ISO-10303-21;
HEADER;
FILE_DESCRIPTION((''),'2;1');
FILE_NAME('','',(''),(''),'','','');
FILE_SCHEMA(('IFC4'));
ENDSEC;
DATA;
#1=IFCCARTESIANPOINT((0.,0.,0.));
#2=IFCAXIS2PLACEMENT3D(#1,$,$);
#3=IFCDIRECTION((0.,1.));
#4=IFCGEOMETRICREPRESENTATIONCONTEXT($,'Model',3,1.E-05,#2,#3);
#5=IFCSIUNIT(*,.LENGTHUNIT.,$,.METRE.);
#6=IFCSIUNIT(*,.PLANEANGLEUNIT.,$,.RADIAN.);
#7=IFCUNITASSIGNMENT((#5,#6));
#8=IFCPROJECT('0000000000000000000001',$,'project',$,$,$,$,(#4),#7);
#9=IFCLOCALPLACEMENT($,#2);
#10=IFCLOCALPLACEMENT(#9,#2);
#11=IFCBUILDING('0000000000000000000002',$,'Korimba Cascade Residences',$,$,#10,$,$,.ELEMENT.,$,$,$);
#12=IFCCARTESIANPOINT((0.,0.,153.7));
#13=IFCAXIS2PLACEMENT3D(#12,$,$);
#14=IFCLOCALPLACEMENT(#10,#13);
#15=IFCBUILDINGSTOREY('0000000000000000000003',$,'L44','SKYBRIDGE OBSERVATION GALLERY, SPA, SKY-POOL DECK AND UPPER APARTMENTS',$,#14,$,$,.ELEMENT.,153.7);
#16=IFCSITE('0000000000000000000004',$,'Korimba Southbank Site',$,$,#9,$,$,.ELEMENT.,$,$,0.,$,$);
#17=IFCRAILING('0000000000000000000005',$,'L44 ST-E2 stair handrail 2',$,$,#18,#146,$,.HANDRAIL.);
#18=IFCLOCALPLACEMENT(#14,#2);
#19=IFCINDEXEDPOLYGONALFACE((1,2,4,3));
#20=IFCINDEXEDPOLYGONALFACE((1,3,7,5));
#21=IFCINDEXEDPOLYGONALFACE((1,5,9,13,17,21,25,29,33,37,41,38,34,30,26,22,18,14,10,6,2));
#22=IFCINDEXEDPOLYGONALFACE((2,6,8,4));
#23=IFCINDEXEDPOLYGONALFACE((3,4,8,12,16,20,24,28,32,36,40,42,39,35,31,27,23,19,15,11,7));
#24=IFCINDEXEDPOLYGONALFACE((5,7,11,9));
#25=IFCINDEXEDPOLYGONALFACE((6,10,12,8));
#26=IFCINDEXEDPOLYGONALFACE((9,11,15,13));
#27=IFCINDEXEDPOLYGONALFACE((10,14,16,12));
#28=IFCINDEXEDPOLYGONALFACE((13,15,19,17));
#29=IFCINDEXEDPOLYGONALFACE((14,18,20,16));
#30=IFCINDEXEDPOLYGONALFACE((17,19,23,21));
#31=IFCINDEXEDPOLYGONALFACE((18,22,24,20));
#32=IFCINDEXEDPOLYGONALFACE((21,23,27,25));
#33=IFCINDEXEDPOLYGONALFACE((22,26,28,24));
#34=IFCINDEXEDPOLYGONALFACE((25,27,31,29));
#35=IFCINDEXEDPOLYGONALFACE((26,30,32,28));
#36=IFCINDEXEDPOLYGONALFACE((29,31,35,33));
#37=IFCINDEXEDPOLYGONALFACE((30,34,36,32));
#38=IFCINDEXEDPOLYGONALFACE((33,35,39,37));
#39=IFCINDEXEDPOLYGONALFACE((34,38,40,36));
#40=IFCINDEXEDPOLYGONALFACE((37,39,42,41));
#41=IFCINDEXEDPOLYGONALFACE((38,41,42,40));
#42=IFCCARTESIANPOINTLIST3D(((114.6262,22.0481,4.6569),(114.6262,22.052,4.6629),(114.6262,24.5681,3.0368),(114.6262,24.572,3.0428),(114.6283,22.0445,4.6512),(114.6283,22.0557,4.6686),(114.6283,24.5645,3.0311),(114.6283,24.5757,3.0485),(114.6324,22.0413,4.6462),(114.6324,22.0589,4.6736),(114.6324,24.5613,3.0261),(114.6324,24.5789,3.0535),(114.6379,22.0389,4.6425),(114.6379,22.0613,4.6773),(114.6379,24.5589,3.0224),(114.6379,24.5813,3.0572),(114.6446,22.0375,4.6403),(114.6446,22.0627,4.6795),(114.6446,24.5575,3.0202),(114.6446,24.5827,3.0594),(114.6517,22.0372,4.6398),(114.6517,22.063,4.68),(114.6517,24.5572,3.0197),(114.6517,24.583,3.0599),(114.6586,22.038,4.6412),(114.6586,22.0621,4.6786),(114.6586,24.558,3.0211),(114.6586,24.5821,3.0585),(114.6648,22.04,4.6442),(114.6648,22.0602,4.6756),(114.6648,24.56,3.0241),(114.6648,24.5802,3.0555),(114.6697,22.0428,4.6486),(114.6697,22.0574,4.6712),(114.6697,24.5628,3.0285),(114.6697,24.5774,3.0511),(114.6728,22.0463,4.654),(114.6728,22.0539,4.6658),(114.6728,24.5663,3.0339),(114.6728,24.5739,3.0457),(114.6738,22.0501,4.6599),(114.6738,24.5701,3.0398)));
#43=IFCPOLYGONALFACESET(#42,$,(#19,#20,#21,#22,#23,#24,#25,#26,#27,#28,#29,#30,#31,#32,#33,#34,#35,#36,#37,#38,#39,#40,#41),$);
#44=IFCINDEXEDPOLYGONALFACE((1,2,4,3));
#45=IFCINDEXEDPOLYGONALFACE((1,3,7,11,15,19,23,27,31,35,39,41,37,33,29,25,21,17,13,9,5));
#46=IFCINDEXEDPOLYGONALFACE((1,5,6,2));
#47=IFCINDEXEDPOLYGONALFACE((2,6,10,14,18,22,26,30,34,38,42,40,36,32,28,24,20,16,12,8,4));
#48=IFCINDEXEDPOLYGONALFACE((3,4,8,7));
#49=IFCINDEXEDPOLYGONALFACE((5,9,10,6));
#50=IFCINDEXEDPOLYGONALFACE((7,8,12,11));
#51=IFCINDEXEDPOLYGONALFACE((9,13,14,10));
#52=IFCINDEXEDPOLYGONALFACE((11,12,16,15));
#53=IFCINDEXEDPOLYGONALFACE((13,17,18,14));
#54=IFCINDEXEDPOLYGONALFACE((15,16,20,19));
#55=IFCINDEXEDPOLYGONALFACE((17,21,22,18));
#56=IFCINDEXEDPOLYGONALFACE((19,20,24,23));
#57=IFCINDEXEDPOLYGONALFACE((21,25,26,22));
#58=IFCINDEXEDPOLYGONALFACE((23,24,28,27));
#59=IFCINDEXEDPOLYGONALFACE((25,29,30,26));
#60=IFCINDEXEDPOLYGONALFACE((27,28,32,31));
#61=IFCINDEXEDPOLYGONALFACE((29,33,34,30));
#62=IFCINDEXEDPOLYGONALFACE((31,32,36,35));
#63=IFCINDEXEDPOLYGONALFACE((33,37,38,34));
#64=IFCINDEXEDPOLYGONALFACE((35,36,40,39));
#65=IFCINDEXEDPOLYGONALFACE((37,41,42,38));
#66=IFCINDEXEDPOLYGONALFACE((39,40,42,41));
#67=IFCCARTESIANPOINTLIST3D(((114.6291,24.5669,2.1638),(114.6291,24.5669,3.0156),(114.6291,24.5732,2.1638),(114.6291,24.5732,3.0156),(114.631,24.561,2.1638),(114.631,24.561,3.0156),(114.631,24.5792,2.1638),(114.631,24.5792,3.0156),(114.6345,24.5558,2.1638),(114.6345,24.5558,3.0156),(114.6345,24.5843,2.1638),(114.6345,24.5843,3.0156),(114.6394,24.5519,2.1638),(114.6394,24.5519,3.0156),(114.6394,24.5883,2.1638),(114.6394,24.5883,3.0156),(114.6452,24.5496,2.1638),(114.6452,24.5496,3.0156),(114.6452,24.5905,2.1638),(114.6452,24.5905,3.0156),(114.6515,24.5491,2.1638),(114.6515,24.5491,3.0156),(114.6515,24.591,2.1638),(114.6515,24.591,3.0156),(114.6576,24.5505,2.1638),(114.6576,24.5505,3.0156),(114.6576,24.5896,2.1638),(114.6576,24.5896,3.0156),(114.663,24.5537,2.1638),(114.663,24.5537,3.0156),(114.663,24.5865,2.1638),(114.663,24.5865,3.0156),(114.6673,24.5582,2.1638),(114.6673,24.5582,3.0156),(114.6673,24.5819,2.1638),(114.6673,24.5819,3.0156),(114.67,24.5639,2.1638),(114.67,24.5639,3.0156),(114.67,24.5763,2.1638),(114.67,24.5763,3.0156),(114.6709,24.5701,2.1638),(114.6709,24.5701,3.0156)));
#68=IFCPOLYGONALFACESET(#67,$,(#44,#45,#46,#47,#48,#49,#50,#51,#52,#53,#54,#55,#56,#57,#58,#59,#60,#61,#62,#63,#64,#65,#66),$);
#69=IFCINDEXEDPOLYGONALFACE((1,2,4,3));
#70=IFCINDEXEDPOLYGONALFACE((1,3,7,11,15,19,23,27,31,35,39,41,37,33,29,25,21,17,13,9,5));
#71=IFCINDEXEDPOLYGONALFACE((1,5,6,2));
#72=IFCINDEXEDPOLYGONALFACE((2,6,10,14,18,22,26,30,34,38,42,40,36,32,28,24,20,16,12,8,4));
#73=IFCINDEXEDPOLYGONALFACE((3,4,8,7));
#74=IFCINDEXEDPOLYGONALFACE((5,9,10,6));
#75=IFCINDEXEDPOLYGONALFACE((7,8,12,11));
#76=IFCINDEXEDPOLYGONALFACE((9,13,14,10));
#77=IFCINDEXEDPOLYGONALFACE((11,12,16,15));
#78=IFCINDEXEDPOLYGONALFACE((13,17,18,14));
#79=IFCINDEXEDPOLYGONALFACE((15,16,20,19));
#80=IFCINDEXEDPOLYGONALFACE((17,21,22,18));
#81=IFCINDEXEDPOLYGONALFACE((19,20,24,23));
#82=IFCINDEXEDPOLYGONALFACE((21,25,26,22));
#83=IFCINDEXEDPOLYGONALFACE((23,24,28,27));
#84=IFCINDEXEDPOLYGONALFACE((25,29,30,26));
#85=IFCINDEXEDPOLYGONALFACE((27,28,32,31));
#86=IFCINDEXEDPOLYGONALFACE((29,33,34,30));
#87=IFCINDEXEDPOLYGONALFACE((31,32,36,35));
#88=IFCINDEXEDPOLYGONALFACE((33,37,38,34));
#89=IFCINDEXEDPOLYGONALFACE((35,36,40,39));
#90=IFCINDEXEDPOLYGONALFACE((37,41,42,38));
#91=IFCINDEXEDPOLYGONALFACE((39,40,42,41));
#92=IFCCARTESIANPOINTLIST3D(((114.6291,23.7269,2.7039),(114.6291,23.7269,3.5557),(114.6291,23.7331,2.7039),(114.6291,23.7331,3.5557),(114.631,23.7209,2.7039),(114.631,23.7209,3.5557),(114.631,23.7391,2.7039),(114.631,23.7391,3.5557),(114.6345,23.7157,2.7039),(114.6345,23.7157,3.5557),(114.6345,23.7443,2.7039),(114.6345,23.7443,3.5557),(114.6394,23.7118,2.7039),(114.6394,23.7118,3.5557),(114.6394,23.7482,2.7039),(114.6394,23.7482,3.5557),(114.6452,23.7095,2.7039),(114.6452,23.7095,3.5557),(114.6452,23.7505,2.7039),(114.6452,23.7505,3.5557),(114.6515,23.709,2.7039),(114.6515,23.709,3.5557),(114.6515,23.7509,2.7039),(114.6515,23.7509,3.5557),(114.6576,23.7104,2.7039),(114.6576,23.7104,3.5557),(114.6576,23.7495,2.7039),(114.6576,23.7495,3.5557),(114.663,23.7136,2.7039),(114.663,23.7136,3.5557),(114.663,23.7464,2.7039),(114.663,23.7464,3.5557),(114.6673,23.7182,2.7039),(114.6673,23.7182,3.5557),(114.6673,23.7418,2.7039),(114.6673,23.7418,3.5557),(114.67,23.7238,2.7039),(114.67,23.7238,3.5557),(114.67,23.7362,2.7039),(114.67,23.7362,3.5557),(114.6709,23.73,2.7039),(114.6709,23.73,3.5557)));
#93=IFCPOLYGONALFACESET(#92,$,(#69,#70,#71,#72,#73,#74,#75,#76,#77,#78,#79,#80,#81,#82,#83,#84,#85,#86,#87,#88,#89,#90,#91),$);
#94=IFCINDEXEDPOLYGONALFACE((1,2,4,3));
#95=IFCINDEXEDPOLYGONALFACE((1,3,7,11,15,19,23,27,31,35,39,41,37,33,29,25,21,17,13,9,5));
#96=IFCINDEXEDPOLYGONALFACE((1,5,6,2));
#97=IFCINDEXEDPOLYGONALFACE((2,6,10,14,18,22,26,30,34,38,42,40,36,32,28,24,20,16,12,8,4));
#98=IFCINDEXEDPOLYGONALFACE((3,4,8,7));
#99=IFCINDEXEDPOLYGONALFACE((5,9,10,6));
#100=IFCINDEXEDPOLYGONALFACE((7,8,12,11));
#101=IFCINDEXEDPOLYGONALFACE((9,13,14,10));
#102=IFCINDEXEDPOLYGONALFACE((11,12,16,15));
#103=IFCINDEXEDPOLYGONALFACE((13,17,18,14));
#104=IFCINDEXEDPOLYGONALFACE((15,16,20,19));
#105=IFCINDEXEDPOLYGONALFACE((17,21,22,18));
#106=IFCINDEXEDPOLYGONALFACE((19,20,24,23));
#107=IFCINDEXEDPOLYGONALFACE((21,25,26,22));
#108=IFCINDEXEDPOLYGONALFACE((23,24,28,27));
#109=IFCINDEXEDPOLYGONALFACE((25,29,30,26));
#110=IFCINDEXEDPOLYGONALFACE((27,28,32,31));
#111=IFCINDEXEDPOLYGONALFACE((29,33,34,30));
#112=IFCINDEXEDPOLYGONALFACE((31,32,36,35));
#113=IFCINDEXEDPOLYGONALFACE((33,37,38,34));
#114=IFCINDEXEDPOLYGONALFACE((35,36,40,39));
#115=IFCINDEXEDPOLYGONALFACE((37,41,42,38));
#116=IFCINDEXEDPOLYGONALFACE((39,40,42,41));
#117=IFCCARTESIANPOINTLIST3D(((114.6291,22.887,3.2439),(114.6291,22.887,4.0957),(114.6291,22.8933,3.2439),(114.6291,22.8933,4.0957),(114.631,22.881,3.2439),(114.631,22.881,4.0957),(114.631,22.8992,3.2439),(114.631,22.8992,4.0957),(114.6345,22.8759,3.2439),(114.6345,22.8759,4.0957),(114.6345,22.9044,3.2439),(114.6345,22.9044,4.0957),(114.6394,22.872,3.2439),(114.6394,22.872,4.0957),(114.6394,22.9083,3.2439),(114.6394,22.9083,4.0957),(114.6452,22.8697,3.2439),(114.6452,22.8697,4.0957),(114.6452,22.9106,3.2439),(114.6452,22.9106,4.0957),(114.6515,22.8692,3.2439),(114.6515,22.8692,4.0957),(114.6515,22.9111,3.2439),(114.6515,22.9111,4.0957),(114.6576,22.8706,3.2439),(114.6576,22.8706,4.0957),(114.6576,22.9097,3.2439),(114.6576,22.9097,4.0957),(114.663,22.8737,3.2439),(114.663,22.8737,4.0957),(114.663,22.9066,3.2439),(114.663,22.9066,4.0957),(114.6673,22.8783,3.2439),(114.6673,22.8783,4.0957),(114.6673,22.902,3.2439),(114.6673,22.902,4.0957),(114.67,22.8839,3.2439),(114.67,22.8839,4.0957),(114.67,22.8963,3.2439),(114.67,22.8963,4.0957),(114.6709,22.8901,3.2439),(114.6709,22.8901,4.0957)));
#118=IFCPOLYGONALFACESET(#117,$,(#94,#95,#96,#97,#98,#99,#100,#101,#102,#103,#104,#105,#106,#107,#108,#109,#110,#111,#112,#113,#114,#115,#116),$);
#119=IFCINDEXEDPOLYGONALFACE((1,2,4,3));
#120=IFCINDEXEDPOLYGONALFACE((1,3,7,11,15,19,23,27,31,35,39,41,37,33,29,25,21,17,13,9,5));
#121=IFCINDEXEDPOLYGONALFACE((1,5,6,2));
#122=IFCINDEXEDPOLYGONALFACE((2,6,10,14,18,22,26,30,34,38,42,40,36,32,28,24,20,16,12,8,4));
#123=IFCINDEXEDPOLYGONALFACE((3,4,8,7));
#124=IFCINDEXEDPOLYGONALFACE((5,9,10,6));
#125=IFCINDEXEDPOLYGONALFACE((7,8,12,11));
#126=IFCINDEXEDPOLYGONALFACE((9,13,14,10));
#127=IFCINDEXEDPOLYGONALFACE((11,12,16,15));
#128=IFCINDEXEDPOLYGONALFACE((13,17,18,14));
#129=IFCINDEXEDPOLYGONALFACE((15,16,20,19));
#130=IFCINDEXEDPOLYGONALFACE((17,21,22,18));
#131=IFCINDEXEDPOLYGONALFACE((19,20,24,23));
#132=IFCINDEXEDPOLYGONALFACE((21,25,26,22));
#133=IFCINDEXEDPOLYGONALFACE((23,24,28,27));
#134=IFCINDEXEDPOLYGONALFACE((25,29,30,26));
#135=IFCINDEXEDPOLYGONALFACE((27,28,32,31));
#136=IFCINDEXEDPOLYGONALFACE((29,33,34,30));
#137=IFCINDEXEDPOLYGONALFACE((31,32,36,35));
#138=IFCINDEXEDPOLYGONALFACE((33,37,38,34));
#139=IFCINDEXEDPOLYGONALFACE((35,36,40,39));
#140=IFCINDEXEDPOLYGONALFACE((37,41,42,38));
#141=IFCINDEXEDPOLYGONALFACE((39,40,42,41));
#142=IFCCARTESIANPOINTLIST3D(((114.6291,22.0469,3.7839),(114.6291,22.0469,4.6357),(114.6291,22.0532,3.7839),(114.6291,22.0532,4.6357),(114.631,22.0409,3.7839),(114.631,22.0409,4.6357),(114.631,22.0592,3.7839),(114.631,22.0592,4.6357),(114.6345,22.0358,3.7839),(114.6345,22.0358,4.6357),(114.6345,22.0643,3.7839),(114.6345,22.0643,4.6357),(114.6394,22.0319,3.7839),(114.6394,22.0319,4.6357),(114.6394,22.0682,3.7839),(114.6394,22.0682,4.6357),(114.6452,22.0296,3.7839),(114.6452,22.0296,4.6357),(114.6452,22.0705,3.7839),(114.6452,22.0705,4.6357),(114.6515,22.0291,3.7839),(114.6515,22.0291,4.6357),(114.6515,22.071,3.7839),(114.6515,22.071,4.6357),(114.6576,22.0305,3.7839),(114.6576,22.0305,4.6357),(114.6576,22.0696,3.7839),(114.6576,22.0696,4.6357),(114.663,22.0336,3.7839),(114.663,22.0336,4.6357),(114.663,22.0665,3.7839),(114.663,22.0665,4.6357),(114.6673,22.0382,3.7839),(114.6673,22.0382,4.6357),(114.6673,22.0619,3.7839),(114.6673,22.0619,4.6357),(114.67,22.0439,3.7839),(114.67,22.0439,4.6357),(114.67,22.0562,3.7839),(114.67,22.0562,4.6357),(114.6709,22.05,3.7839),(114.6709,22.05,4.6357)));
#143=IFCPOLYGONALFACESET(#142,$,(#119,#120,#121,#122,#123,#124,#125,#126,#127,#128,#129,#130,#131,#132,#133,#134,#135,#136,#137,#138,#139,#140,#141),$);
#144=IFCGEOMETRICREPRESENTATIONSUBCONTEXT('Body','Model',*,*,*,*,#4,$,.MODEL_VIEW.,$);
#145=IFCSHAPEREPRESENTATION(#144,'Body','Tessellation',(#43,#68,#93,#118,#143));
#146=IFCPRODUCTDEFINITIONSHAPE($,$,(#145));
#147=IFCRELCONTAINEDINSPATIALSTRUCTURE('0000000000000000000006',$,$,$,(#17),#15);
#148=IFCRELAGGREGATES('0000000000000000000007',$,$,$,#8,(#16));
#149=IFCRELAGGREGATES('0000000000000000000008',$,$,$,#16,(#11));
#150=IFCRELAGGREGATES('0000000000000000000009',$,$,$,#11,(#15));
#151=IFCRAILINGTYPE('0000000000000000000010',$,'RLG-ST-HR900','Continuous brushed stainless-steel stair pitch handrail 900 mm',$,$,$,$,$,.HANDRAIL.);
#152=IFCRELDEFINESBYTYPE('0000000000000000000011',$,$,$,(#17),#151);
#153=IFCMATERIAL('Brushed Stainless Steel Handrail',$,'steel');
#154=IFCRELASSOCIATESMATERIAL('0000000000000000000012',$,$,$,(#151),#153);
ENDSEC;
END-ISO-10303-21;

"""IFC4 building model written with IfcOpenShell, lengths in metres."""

from ifc_helpers import new_model, si_unit, direction, frame, origin, origin_2d, place, context, subcontext, project, spatial, circle, extrude, material, type_object, element, save


model = new_model("IFC4")

# Units and contexts
model_context = context("Model", 3, precision=1e-05, world=origin(), true_north=direction((0.0, 1.0)))
body_context = subcontext(model_context, "Body", "Model", "MODEL_VIEW")
ifc_project = project(units=[si_unit("LENGTHUNIT", "METRE"), si_unit("PLANEANGLEUNIT", "RADIAN")], contexts=[model_context])

# Site, building, storey
site_placement = place(None, origin())
site = spatial("IfcSite", under=ifc_project, at=site_placement, Name="Korimba Southbank Site", CompositionType="ELEMENT", RefElevation=0.0)
building_placement = place(site_placement, origin())
building = spatial("IfcBuilding", under=site, at=building_placement, Name="Korimba Cascade Residences", CompositionType="ELEMENT")
storey_placement = place(building_placement, frame((0.0, 0.0, 153.7)))
storey = spatial("IfcBuildingStorey", under=building, at=storey_placement, Name="L44", Description="SKYBRIDGE OBSERVATION GALLERY, SPA, SKY-POOL DECK AND UPPER APARTMENTS", CompositionType="ELEMENT", Elevation=153.7)

# Railing
ifc_material_1 = material(Name="Brushed Stainless Steel Handrail", Category="steel")
railing_type_1 = type_object("IfcRailingType", Name="RLG-ST-HR900", Description="Continuous brushed stainless-steel stair pitch handrail 900 mm", PredefinedType="HANDRAIL", material=ifc_material_1)
railing_1_placement = place(storey_placement, frame((114.6499, 24.5701, 2.1638)))
element("IfcRailing", 1, at=railing_1_placement, inside=storey, type_object=railing_type_1, Name="L44 ST-E2 stair handrail 2", PredefinedType="HANDRAIL", context=body_context, shape_type="SweptSolid", body=[
    extrude(circle(Radius=0.0239, at=origin_2d()), frame((0.0, 0.0, 0.876), z_axis=(0.0, -0.841163, 0.540782), x_axis=(1.0, 0.0, 0.0)), (0.0, 0.0, 1.0), 2.9958),
    extrude(circle(Radius=0.021, at=origin_2d()), origin(), (0.0, 0.0, 1.0), 0.8518),
    extrude(circle(Radius=0.021, at=origin_2d()), frame((0.0, -0.8401, 0.54)), (0.0, 0.0, 1.0), 0.8518),
    extrude(circle(Radius=0.021, at=origin_2d()), frame((0.0, -1.6799, 1.0801)), (0.0, 0.0, 1.0), 0.8518),
    extrude(circle(Radius=0.021, at=origin_2d()), frame((0.0, -2.52, 1.6201)), (0.0, 0.0, 1.0), 0.8518),
])

save(model, "model.ifc")
